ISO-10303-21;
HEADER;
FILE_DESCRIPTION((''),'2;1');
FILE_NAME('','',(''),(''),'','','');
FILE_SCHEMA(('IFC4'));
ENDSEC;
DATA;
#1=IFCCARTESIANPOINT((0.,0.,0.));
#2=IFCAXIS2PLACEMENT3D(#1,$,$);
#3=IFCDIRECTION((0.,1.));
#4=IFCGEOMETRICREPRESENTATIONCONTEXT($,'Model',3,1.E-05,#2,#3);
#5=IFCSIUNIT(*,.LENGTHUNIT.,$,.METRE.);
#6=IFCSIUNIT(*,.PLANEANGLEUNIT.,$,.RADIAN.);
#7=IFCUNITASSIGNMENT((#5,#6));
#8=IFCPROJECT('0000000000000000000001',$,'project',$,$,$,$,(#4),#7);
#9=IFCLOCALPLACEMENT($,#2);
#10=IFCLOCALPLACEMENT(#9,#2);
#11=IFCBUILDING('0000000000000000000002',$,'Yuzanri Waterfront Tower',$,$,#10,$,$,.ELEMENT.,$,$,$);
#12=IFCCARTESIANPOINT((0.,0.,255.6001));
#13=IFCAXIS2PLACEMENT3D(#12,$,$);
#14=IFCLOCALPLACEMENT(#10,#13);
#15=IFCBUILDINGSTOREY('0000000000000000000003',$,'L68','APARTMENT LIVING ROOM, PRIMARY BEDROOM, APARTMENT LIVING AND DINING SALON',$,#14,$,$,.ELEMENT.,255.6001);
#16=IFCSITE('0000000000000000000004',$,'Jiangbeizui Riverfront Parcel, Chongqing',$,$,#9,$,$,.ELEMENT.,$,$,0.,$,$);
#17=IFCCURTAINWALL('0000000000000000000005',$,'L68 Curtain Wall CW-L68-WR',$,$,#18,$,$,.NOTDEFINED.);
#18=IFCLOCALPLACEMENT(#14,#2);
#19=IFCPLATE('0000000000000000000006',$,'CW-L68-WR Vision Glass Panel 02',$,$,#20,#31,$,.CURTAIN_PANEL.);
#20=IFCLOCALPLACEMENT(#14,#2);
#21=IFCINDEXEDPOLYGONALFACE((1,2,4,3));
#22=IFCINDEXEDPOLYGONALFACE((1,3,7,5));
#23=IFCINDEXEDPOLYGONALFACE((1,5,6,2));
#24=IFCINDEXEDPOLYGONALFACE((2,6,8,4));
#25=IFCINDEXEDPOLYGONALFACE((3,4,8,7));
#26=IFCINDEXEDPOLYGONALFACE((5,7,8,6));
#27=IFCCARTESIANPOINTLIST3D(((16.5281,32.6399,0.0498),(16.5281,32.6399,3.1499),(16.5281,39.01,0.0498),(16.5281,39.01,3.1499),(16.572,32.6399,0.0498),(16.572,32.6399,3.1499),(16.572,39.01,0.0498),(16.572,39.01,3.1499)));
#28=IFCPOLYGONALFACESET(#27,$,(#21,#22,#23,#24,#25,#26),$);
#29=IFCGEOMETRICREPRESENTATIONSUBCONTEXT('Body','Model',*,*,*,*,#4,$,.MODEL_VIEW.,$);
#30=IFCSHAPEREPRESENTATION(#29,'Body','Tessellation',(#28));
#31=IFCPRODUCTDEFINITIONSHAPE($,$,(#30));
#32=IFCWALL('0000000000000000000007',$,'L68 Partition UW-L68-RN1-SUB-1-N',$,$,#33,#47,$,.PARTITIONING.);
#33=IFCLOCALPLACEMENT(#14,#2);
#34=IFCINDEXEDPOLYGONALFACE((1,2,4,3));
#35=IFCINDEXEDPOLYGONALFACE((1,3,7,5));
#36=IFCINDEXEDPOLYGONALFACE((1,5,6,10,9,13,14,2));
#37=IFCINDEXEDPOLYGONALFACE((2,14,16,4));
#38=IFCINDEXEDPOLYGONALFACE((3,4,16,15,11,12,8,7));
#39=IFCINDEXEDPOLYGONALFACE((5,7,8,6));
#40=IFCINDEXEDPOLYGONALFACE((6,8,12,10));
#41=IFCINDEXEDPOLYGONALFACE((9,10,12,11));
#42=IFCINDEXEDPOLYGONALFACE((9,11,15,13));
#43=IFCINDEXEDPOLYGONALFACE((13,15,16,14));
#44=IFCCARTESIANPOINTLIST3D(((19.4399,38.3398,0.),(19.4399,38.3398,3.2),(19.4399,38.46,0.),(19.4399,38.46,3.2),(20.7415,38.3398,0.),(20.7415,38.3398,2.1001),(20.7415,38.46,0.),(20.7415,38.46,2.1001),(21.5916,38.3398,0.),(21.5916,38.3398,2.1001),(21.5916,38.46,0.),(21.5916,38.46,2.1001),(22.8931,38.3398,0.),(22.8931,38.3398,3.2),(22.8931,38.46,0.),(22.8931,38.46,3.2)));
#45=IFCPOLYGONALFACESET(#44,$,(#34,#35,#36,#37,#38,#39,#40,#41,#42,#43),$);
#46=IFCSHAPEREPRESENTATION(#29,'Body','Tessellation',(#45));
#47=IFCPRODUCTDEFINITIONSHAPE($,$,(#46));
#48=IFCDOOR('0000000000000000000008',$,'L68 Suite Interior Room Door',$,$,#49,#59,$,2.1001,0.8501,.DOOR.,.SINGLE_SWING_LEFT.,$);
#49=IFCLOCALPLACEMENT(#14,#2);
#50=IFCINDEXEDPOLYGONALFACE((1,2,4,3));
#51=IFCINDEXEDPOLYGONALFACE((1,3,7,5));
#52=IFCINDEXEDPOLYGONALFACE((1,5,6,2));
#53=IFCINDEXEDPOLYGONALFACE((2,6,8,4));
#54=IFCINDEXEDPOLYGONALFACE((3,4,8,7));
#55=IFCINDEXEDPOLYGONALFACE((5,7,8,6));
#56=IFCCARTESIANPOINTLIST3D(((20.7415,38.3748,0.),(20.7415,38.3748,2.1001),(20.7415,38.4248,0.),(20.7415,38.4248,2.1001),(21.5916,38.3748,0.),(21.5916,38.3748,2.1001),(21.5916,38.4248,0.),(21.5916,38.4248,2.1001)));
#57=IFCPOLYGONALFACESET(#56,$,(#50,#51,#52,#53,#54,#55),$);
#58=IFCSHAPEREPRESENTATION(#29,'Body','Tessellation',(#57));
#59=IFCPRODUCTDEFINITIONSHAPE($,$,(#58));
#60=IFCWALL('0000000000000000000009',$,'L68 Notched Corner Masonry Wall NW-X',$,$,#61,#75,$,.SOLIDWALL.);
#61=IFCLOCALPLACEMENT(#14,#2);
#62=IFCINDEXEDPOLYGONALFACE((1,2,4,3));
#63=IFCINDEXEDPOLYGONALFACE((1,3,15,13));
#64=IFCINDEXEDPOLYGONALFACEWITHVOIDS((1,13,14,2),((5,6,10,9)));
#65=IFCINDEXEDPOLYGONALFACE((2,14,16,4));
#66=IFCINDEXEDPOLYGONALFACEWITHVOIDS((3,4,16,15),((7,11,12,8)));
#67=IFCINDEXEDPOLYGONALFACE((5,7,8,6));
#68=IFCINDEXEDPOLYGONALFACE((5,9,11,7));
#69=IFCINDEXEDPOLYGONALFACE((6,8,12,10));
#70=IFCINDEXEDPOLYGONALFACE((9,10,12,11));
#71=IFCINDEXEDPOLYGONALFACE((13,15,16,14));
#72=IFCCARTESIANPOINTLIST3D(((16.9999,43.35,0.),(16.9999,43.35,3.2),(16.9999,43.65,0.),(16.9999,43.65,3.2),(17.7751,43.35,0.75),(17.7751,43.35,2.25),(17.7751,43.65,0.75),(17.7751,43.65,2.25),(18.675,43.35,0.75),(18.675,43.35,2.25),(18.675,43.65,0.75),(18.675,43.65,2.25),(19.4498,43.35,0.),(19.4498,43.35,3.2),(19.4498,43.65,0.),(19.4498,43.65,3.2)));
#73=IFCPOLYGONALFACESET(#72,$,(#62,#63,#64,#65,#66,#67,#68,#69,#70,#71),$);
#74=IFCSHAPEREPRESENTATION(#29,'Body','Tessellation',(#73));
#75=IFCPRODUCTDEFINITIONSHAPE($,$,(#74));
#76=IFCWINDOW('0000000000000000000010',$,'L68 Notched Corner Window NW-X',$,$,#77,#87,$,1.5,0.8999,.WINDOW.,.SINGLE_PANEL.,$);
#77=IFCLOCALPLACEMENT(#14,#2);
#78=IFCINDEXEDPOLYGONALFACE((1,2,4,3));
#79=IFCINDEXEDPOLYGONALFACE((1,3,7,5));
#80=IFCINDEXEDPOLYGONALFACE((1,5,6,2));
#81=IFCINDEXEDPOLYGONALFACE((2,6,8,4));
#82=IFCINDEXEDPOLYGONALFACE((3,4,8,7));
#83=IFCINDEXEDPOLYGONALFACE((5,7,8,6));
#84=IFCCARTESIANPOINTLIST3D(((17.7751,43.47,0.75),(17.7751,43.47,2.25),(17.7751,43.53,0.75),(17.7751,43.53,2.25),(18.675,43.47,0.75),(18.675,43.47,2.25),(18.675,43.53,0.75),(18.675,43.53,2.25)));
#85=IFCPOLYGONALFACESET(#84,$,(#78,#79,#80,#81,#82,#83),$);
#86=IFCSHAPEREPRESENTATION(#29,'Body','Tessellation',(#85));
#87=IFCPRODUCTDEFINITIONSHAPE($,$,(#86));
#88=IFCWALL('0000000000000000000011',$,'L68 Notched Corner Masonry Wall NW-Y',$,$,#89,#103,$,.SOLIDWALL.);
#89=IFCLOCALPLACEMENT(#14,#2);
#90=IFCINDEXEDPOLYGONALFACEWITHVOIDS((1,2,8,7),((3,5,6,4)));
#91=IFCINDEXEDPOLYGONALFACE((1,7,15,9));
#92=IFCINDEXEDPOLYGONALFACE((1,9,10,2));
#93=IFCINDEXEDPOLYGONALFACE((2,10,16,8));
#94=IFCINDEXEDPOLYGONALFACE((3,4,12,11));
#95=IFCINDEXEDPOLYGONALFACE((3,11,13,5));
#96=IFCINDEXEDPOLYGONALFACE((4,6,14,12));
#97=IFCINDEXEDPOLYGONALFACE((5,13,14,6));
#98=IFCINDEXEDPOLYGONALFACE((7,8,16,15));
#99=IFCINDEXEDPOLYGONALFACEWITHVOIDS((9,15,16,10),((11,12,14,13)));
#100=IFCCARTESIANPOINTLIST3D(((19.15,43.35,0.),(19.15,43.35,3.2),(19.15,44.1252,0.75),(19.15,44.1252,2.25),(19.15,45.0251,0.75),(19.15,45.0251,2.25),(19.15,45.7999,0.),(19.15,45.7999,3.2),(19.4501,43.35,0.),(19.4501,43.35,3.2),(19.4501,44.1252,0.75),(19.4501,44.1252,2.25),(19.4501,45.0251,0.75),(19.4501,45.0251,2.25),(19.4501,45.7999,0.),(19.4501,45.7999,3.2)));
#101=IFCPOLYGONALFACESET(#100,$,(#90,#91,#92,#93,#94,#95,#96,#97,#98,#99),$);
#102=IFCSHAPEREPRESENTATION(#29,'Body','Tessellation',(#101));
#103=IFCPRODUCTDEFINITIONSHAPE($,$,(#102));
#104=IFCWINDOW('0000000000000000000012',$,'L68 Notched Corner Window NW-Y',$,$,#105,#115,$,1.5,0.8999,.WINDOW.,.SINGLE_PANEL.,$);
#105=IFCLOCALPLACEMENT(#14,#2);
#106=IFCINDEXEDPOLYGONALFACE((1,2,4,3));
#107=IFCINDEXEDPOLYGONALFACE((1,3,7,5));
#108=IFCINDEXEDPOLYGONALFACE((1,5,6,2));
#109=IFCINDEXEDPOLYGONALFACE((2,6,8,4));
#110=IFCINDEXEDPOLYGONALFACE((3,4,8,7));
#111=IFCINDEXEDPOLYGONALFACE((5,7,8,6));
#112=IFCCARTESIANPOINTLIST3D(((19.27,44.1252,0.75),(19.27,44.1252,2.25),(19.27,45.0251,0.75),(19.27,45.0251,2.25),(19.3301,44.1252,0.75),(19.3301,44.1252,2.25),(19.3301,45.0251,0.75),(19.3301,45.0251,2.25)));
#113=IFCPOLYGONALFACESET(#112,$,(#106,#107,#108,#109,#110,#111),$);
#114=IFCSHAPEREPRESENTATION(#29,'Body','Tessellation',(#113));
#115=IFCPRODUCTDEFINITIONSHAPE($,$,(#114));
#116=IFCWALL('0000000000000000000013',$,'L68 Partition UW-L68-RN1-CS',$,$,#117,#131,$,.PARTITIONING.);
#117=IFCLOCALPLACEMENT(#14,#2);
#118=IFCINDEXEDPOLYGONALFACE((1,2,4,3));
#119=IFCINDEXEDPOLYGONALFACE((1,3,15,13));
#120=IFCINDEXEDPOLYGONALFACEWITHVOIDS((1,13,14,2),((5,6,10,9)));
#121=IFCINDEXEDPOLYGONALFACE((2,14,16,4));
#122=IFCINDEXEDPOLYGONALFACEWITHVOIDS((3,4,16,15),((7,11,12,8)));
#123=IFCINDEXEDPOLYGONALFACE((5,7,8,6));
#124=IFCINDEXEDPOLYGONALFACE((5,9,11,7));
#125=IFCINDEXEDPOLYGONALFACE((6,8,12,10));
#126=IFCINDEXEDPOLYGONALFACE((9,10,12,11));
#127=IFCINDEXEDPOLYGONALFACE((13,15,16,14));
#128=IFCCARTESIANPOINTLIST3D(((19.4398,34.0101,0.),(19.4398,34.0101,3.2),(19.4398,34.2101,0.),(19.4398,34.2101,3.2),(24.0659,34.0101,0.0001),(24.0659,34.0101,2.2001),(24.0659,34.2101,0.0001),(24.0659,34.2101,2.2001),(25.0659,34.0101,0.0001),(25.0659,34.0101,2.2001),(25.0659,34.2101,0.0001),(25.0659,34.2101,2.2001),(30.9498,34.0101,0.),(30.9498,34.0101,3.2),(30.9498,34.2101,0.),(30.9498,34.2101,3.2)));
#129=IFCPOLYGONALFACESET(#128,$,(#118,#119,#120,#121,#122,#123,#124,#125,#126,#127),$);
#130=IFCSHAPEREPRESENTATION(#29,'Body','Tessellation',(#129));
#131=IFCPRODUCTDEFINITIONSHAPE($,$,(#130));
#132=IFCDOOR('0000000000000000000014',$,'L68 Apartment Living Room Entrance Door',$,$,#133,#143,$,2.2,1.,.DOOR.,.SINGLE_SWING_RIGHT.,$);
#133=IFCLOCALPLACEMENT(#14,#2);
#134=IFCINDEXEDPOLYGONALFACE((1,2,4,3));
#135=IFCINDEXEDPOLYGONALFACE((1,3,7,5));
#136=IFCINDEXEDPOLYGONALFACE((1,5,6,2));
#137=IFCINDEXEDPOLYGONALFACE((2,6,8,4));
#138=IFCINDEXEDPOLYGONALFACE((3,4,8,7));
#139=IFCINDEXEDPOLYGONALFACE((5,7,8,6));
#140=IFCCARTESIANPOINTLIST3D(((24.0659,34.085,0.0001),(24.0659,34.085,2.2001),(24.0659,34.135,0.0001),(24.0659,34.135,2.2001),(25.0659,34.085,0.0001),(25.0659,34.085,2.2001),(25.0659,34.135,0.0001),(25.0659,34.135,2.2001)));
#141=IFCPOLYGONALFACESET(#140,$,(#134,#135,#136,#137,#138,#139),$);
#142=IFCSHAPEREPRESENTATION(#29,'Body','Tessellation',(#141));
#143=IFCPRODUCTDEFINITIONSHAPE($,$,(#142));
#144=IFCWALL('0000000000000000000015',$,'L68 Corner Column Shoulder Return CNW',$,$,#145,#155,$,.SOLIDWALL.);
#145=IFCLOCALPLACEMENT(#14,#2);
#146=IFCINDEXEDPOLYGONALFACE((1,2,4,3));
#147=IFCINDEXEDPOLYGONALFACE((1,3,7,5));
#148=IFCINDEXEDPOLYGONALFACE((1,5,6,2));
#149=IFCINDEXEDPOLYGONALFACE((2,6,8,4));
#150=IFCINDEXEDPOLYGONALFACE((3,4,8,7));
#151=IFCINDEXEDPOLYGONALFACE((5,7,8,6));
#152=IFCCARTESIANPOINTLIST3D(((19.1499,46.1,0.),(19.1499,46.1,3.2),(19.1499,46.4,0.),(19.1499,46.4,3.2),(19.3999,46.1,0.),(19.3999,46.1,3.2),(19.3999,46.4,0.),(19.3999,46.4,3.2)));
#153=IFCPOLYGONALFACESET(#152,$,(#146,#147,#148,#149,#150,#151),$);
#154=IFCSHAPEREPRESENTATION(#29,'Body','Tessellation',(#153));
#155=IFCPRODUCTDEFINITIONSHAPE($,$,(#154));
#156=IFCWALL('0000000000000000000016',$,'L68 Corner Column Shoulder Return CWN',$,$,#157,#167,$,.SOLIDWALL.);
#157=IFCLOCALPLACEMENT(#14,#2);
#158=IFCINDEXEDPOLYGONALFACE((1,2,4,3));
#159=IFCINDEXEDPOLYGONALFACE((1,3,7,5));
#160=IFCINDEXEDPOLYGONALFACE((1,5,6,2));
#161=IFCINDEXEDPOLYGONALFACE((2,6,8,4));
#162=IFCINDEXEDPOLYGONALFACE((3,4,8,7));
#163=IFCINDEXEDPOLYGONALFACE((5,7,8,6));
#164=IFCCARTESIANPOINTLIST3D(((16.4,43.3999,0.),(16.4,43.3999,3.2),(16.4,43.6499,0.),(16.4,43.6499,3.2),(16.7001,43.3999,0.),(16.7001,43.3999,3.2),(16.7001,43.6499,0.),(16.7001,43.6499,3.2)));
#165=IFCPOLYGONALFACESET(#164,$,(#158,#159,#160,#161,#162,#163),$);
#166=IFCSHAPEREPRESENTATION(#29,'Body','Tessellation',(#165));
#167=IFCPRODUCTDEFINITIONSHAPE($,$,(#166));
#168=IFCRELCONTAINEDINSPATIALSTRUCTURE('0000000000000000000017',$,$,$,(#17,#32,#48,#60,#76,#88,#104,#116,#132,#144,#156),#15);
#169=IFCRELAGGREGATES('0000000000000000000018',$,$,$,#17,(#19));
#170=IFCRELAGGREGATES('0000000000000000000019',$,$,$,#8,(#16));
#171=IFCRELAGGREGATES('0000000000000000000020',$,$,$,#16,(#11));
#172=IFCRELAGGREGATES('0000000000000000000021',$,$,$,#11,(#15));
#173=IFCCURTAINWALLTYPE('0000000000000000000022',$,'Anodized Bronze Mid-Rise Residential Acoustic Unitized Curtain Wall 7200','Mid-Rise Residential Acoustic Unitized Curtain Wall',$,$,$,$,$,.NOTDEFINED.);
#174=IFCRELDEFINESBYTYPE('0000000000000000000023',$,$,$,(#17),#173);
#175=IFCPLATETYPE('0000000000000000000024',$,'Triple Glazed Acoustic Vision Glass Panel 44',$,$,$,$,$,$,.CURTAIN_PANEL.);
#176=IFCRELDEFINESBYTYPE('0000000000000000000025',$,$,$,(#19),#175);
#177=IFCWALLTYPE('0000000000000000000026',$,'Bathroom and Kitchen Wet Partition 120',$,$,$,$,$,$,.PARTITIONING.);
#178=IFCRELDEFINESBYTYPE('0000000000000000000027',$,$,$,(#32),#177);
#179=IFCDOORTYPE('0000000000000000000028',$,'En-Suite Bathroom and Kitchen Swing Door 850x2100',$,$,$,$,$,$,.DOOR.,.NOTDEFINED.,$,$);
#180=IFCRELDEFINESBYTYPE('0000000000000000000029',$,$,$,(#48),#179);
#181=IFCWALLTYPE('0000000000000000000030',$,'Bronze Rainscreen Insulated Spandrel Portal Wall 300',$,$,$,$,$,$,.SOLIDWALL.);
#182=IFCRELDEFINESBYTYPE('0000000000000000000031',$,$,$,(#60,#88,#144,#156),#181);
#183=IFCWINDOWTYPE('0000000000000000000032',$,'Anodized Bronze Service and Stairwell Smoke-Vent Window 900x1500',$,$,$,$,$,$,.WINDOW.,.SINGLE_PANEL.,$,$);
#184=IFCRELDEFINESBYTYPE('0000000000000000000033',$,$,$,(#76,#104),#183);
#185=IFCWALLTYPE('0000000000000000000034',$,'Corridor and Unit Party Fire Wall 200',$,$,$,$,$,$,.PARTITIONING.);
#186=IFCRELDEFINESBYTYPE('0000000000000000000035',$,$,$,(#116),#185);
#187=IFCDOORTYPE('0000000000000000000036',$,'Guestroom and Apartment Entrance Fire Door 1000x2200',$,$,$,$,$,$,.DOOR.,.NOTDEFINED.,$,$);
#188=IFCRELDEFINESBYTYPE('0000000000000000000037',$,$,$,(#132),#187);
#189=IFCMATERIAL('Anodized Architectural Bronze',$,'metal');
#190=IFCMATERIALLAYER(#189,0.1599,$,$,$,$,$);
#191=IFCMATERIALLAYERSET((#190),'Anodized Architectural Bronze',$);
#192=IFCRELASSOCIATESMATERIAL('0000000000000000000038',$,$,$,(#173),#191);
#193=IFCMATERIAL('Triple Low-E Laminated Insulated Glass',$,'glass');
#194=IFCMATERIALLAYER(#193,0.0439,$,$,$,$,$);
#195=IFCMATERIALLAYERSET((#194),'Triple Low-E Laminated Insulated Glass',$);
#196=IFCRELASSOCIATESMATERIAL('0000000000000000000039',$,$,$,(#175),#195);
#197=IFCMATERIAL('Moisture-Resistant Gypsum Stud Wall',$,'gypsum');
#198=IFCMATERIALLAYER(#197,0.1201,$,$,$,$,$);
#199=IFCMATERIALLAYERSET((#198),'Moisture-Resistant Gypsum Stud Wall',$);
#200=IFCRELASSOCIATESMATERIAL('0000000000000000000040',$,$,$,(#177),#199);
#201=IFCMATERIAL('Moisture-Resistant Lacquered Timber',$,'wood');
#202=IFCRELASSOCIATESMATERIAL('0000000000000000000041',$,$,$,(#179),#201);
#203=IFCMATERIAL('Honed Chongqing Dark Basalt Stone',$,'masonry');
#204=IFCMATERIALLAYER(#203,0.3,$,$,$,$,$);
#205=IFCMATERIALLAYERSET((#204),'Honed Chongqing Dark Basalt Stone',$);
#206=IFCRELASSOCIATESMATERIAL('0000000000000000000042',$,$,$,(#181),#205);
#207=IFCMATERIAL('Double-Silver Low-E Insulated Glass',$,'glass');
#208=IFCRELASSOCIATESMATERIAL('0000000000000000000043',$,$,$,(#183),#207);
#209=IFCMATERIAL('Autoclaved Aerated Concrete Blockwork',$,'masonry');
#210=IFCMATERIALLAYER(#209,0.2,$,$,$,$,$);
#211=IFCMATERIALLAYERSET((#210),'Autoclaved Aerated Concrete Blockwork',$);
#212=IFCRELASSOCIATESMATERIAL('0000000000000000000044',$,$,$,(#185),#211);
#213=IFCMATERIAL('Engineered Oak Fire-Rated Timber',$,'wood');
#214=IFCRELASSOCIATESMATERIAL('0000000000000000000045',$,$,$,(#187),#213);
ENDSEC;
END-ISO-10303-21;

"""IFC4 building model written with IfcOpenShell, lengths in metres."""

from ifc_helpers import new_model, si_unit, direction, frame, frame_2d, origin, origin_2d, place, context, subcontext, project, spatial, rectangle, extrude, source, transform, mapped, material, layer, layer_set, type_object, element, fill, aggregate, save


model = new_model("IFC4")

# Units and contexts
model_context = context("Model", 3, precision=1e-05, world=origin(), true_north=direction((0.0, 1.0)))
body_context = subcontext(model_context, "Body", "Model", "MODEL_VIEW")
ifc_project = project(units=[si_unit("LENGTHUNIT", "METRE"), si_unit("PLANEANGLEUNIT", "RADIAN")], contexts=[model_context])

# Site, building, storey
site_placement = place(None, origin())
site = spatial("IfcSite", under=ifc_project, at=site_placement, Name="Jiangbeizui Riverfront Parcel, Chongqing", CompositionType="ELEMENT", RefElevation=0.0)
building_placement = place(site_placement, origin())
building = spatial("IfcBuilding", under=site, at=building_placement, Name="Yuzanri Waterfront Tower", CompositionType="ELEMENT")
storey_placement = place(building_placement, frame((0.0, 0.0, 255.6001)))
storey = spatial("IfcBuildingStorey", under=building, at=storey_placement, Name="L68", Description="APARTMENT LIVING ROOM, PRIMARY BEDROOM, APARTMENT LIVING AND DINING SALON", CompositionType="ELEMENT", Elevation=255.6001)

# Curtain wall
ifc_material_1 = material(Name="Anodized Architectural Bronze", Category="metal")
ifc_layer_1 = layer(ifc_material_1, 0.1599)
ifc_layer_set_1 = layer_set([ifc_layer_1], Name="Anodized Architectural Bronze")
curtain_wall_type = type_object("IfcCurtainWallType", Name="Anodized Bronze Mid-Rise Residential Acoustic Unitized Curtain Wall 7200", Description="Mid-Rise Residential Acoustic Unitized Curtain Wall", PredefinedType="NOTDEFINED", material=ifc_layer_set_1)
curtain_wall_placement = place(storey_placement, origin())
curtain_wall = element("IfcCurtainWall", 1, at=curtain_wall_placement, inside=storey, type_object=curtain_wall_type, Name="L68 Curtain Wall CW-L68-WR", PredefinedType="NOTDEFINED")

# Plate
ifc_material_2 = material(Name="Triple Low-E Laminated Insulated Glass", Category="glass")
ifc_layer_2 = layer(ifc_material_2, 0.0439)
ifc_layer_set_2 = layer_set([ifc_layer_2], Name="Triple Low-E Laminated Insulated Glass")
plate_type_1 = type_object("IfcPlateType", Name="Triple Glazed Acoustic Vision Glass Panel 44", PredefinedType="CURTAIN_PANEL", material=ifc_layer_set_2)
shared_shape_1 = source(origin(), body_context, "Body", "SweptSolid", [
    extrude(rectangle(XDim=6.3701, YDim=0.0439, at=origin_2d()), origin(), (0.0, 0.0, 1.0), 3.1001),
])
plate_placement = place(storey_placement, frame((16.55, 35.825, 0.0498), z_axis=(0.0, 0.0, 1.0), x_axis=(0.0, 1.0, 0.0)))
plate = element("IfcPlate", 2, at=plate_placement, type_object=plate_type_1, Name="CW-L68-WR Vision Glass Panel 02", PredefinedType="CURTAIN_PANEL", context=body_context, shape_type="MappedRepresentation", body=[
    mapped(shared_shape_1, transform((0.0, 0.0, 0.0), scale=1.0)),
])
aggregate(curtain_wall, [plate])

# Wall, opening, door
ifc_material_3 = material(Name="Moisture-Resistant Gypsum Stud Wall", Category="gypsum")
ifc_layer_3 = layer(ifc_material_3, 0.1201)
ifc_layer_set_3 = layer_set([ifc_layer_3], Name="Moisture-Resistant Gypsum Stud Wall")
wall_type_1 = type_object("IfcWallType", Name="Bathroom and Kitchen Wet Partition 120", PredefinedType="PARTITIONING", material=ifc_layer_set_3)
wall_1_placement = place(storey_placement, frame((19.4399, 38.3999, 0.0), z_axis=(0.0, 0.0, 1.0), x_axis=(1.0, 0.0, 0.0)))
wall_1 = element("IfcWall", 3, at=wall_1_placement, inside=storey, type_object=wall_type_1, Name="L68 Partition UW-L68-RN1-SUB-1-N", PredefinedType="PARTITIONING", context=body_context, shape_type="SweptSolid", body=[
    extrude(rectangle(XDim=3.4531, YDim=0.1201, at=frame_2d((1.7266, 0.0))), origin(), (0.0, 0.0, 1.0), 3.2),
])
opening_1_placement = place(wall_1_placement, frame((1.3015, 0.0, 0.0)))
opening_1 = element("IfcOpeningElement", 4, at=opening_1_placement, cuts=wall_1, PredefinedType="OPENING", context=body_context, shape_type="SweptSolid", body=[
    extrude(rectangle(XDim=0.8501, YDim=2.1001, at=frame_2d((0.425, 1.05))), frame((0.0, 0.075, 0.0), z_axis=(0.0, -1.0, 0.0), x_axis=(1.0, 0.0, 0.0)), (0.0, 0.0, 1.0), 0.1499),
])
ifc_material_4 = material(Name="Moisture-Resistant Lacquered Timber", Category="wood")
door_type_1 = type_object("IfcDoorType", Name="En-Suite Bathroom and Kitchen Swing Door 850x2100", OperationType="NOTDEFINED", PredefinedType="DOOR", material=ifc_material_4)
shared_shape_2 = source(origin(), body_context, "Body", "SweptSolid", [
    extrude(rectangle(XDim=0.8501, YDim=2.1001, at=frame_2d((0.425, 1.05))), frame((0.0, 0.0249, 0.0), z_axis=(0.0, -1.0, 0.0), x_axis=(1.0, 0.0, 0.0)), (0.0, 0.0, 1.0), 0.05),
])
door_1_placement = place(opening_1_placement, origin())
door_1 = element("IfcDoor", 5, at=door_1_placement, inside=storey, type_object=door_type_1, Name="L68 Suite Interior Room Door", OperationType="SINGLE_SWING_LEFT", OverallHeight=2.1001, OverallWidth=0.8501, PredefinedType="DOOR", context=body_context, shape_type="MappedRepresentation", body=[
    mapped(shared_shape_2, transform((0.0, 0.0, 0.0), scale=1.0)),
])
fill(opening_1, door_1)

# Walls, openings, windows
ifc_material_5 = material(Name="Honed Chongqing Dark Basalt Stone", Category="masonry")
ifc_layer_4 = layer(ifc_material_5, 0.3)
ifc_layer_set_4 = layer_set([ifc_layer_4], Name="Honed Chongqing Dark Basalt Stone")
wall_type_2 = type_object("IfcWallType", Name="Bronze Rainscreen Insulated Spandrel Portal Wall 300", PredefinedType="SOLIDWALL", material=ifc_layer_set_4)
wall_2_placement = place(storey_placement, frame((19.45, 43.5, 0.0), z_axis=(0.0, 0.0, 1.0), x_axis=(-1.0, 0.0, 0.0)))
wall_2 = element("IfcWall", 6, at=wall_2_placement, inside=storey, type_object=wall_type_2, Name="L68 Notched Corner Masonry Wall NW-X", PredefinedType="SOLIDWALL", context=body_context, shape_type="SweptSolid", body=[
    extrude(rectangle(XDim=2.45, YDim=0.3, at=frame_2d((1.2251, 0.0))), origin(), (0.0, 0.0, 1.0), 3.2),
])
opening_2_placement = place(wall_2_placement, frame((0.7749, 0.0, 0.75)))
opening_2 = element("IfcOpeningElement", 7, at=opening_2_placement, cuts=wall_2, PredefinedType="OPENING", context=body_context, shape_type="SweptSolid", body=[
    extrude(rectangle(XDim=0.8999, YDim=1.5, at=frame_2d((0.45, 0.75))), frame((0.0, 0.165, 0.0), z_axis=(0.0, -1.0, 0.0), x_axis=(1.0, 0.0, 0.0)), (0.0, 0.0, 1.0), 0.3298),
])
ifc_material_6 = material(Name="Double-Silver Low-E Insulated Glass", Category="glass")
window_type = type_object("IfcWindowType", Name="Anodized Bronze Service and Stairwell Smoke-Vent Window 900x1500", PartitioningType="SINGLE_PANEL", PredefinedType="WINDOW", material=ifc_material_6)
shared_shape_3 = source(origin(), body_context, "Body", "SweptSolid", [
    extrude(rectangle(XDim=0.8999, YDim=1.5, at=frame_2d((0.45, 0.75))), frame((0.0, 0.03, 0.0), z_axis=(0.0, -1.0, 0.0), x_axis=(1.0, 0.0, 0.0)), (0.0, 0.0, 1.0), 0.0601),
])
window_1_placement = place(opening_2_placement, origin())
window_1 = element("IfcWindow", 8, at=window_1_placement, inside=storey, type_object=window_type, Name="L68 Notched Corner Window NW-X", OverallHeight=1.5, OverallWidth=0.8999, PartitioningType="SINGLE_PANEL", PredefinedType="WINDOW", context=body_context, shape_type="MappedRepresentation", body=[
    mapped(shared_shape_3, transform((0.0, 0.0, 0.0), scale=1.0)),
])
fill(opening_2, window_1)
wall_3_placement = place(storey_placement, frame((19.3, 45.8, 0.0), z_axis=(0.0, 0.0, 1.0), x_axis=(0.0, -1.0, 0.0)))
wall_3 = element("IfcWall", 9, at=wall_3_placement, inside=storey, type_object=wall_type_2, Name="L68 Notched Corner Masonry Wall NW-Y", PredefinedType="SOLIDWALL", context=body_context, shape_type="SweptSolid", body=[
    extrude(rectangle(XDim=2.45, YDim=0.3, at=frame_2d((1.2251, 0.0))), origin(), (0.0, 0.0, 1.0), 3.2),
])
opening_3_placement = place(wall_3_placement, frame((0.7749, 0.0, 0.75)))
opening_3 = element("IfcOpeningElement", 10, at=opening_3_placement, cuts=wall_3, PredefinedType="OPENING", context=body_context, shape_type="SweptSolid", body=[
    extrude(rectangle(XDim=0.8999, YDim=1.5, at=frame_2d((0.45, 0.75))), frame((0.0, 0.165, 0.0), z_axis=(0.0, -1.0, 0.0), x_axis=(1.0, 0.0, 0.0)), (0.0, 0.0, 1.0), 0.3298),
])
window_2_placement = place(opening_3_placement, origin())
window_2 = element("IfcWindow", 11, at=window_2_placement, inside=storey, type_object=window_type, Name="L68 Notched Corner Window NW-Y", OverallHeight=1.5, OverallWidth=0.8999, PartitioningType="SINGLE_PANEL", PredefinedType="WINDOW", context=body_context, shape_type="MappedRepresentation", body=[
    mapped(shared_shape_3, transform((0.0, 0.0, 0.0), scale=1.0)),
])
fill(opening_3, window_2)

# Wall, opening, door
ifc_material_7 = material(Name="Autoclaved Aerated Concrete Blockwork", Category="masonry")
ifc_layer_5 = layer(ifc_material_7, 0.2)
ifc_layer_set_5 = layer_set([ifc_layer_5], Name="Autoclaved Aerated Concrete Blockwork")
wall_type_3 = type_object("IfcWallType", Name="Corridor and Unit Party Fire Wall 200", PredefinedType="PARTITIONING", material=ifc_layer_set_5)
wall_4_placement = place(storey_placement, frame((19.4399, 34.1101, 0.0), z_axis=(0.0, 0.0, 1.0), x_axis=(1.0, 0.0, 0.0)))
wall_4 = element("IfcWall", 12, at=wall_4_placement, inside=storey, type_object=wall_type_3, Name="L68 Partition UW-L68-RN1-CS", PredefinedType="PARTITIONING", context=body_context, shape_type="SweptSolid", body=[
    extrude(rectangle(XDim=11.51, YDim=0.2, at=frame_2d((5.7549, 0.0))), origin(), (0.0, 0.0, 1.0), 3.2),
])
opening_4_placement = place(wall_4_placement, frame((4.626, 0.0, 0.0)))
opening_4 = element("IfcOpeningElement", 13, at=opening_4_placement, cuts=wall_4, PredefinedType="OPENING", context=body_context, shape_type="SweptSolid", body=[
    extrude(rectangle(XDim=1.0, YDim=2.2, at=frame_2d((0.5, 1.1001))), frame((0.0, 0.1147, 0.0), z_axis=(0.0, -1.0, 0.0), x_axis=(1.0, 0.0, 0.0)), (0.0, 0.0, 1.0), 0.2297),
])
ifc_material_8 = material(Name="Engineered Oak Fire-Rated Timber", Category="wood")
door_type_2 = type_object("IfcDoorType", Name="Guestroom and Apartment Entrance Fire Door 1000x2200", OperationType="NOTDEFINED", PredefinedType="DOOR", material=ifc_material_8)
shared_shape_4 = source(origin(), body_context, "Body", "SweptSolid", [
    extrude(rectangle(XDim=1.0, YDim=2.2, at=frame_2d((0.5, 1.1001))), frame((0.0, 0.0249, 0.0), z_axis=(0.0, -1.0, 0.0), x_axis=(1.0, 0.0, 0.0)), (0.0, 0.0, 1.0), 0.05),
])
door_2_placement = place(opening_4_placement, origin())
door_2 = element("IfcDoor", 14, at=door_2_placement, inside=storey, type_object=door_type_2, Name="L68 Apartment Living Room Entrance Door", OperationType="SINGLE_SWING_RIGHT", OverallHeight=2.2, OverallWidth=1.0, PredefinedType="DOOR", context=body_context, shape_type="MappedRepresentation", body=[
    mapped(shared_shape_4, transform((0.0, 0.0, 0.0), scale=1.0)),
])
fill(opening_4, door_2)

# Walls
shared_shape_5 = source(origin(), body_context, "Body", "SweptSolid", [
    extrude(rectangle(XDim=0.25, YDim=0.3, at=frame_2d((0.125, 0.0))), origin(), (0.0, 0.0, 1.0), 3.2),
])
for number, where, z_axis, x_axis, name in (
    (15, (19.1499, 46.25, 0.0), (0.0, 0.0, 1.0), (1.0, 0.0, 0.0), "L68 Corner Column Shoulder Return CNW"),
    (16, (16.55, 43.3999, 0.0), (0.0, 0.0, 1.0), (0.0, 1.0, 0.0), "L68 Corner Column Shoulder Return CWN"),
):
    element("IfcWall", number, at=place(storey_placement, frame(where, z_axis=z_axis, x_axis=x_axis)), inside=storey, type_object=wall_type_2, Name=name, PredefinedType="SOLIDWALL", context=body_context, shape_type="MappedRepresentation", body=[
        mapped(shared_shape_5, transform((0.0, 0.0, 0.0), scale=1.0)),
    ])

save(model, "model.ifc")
